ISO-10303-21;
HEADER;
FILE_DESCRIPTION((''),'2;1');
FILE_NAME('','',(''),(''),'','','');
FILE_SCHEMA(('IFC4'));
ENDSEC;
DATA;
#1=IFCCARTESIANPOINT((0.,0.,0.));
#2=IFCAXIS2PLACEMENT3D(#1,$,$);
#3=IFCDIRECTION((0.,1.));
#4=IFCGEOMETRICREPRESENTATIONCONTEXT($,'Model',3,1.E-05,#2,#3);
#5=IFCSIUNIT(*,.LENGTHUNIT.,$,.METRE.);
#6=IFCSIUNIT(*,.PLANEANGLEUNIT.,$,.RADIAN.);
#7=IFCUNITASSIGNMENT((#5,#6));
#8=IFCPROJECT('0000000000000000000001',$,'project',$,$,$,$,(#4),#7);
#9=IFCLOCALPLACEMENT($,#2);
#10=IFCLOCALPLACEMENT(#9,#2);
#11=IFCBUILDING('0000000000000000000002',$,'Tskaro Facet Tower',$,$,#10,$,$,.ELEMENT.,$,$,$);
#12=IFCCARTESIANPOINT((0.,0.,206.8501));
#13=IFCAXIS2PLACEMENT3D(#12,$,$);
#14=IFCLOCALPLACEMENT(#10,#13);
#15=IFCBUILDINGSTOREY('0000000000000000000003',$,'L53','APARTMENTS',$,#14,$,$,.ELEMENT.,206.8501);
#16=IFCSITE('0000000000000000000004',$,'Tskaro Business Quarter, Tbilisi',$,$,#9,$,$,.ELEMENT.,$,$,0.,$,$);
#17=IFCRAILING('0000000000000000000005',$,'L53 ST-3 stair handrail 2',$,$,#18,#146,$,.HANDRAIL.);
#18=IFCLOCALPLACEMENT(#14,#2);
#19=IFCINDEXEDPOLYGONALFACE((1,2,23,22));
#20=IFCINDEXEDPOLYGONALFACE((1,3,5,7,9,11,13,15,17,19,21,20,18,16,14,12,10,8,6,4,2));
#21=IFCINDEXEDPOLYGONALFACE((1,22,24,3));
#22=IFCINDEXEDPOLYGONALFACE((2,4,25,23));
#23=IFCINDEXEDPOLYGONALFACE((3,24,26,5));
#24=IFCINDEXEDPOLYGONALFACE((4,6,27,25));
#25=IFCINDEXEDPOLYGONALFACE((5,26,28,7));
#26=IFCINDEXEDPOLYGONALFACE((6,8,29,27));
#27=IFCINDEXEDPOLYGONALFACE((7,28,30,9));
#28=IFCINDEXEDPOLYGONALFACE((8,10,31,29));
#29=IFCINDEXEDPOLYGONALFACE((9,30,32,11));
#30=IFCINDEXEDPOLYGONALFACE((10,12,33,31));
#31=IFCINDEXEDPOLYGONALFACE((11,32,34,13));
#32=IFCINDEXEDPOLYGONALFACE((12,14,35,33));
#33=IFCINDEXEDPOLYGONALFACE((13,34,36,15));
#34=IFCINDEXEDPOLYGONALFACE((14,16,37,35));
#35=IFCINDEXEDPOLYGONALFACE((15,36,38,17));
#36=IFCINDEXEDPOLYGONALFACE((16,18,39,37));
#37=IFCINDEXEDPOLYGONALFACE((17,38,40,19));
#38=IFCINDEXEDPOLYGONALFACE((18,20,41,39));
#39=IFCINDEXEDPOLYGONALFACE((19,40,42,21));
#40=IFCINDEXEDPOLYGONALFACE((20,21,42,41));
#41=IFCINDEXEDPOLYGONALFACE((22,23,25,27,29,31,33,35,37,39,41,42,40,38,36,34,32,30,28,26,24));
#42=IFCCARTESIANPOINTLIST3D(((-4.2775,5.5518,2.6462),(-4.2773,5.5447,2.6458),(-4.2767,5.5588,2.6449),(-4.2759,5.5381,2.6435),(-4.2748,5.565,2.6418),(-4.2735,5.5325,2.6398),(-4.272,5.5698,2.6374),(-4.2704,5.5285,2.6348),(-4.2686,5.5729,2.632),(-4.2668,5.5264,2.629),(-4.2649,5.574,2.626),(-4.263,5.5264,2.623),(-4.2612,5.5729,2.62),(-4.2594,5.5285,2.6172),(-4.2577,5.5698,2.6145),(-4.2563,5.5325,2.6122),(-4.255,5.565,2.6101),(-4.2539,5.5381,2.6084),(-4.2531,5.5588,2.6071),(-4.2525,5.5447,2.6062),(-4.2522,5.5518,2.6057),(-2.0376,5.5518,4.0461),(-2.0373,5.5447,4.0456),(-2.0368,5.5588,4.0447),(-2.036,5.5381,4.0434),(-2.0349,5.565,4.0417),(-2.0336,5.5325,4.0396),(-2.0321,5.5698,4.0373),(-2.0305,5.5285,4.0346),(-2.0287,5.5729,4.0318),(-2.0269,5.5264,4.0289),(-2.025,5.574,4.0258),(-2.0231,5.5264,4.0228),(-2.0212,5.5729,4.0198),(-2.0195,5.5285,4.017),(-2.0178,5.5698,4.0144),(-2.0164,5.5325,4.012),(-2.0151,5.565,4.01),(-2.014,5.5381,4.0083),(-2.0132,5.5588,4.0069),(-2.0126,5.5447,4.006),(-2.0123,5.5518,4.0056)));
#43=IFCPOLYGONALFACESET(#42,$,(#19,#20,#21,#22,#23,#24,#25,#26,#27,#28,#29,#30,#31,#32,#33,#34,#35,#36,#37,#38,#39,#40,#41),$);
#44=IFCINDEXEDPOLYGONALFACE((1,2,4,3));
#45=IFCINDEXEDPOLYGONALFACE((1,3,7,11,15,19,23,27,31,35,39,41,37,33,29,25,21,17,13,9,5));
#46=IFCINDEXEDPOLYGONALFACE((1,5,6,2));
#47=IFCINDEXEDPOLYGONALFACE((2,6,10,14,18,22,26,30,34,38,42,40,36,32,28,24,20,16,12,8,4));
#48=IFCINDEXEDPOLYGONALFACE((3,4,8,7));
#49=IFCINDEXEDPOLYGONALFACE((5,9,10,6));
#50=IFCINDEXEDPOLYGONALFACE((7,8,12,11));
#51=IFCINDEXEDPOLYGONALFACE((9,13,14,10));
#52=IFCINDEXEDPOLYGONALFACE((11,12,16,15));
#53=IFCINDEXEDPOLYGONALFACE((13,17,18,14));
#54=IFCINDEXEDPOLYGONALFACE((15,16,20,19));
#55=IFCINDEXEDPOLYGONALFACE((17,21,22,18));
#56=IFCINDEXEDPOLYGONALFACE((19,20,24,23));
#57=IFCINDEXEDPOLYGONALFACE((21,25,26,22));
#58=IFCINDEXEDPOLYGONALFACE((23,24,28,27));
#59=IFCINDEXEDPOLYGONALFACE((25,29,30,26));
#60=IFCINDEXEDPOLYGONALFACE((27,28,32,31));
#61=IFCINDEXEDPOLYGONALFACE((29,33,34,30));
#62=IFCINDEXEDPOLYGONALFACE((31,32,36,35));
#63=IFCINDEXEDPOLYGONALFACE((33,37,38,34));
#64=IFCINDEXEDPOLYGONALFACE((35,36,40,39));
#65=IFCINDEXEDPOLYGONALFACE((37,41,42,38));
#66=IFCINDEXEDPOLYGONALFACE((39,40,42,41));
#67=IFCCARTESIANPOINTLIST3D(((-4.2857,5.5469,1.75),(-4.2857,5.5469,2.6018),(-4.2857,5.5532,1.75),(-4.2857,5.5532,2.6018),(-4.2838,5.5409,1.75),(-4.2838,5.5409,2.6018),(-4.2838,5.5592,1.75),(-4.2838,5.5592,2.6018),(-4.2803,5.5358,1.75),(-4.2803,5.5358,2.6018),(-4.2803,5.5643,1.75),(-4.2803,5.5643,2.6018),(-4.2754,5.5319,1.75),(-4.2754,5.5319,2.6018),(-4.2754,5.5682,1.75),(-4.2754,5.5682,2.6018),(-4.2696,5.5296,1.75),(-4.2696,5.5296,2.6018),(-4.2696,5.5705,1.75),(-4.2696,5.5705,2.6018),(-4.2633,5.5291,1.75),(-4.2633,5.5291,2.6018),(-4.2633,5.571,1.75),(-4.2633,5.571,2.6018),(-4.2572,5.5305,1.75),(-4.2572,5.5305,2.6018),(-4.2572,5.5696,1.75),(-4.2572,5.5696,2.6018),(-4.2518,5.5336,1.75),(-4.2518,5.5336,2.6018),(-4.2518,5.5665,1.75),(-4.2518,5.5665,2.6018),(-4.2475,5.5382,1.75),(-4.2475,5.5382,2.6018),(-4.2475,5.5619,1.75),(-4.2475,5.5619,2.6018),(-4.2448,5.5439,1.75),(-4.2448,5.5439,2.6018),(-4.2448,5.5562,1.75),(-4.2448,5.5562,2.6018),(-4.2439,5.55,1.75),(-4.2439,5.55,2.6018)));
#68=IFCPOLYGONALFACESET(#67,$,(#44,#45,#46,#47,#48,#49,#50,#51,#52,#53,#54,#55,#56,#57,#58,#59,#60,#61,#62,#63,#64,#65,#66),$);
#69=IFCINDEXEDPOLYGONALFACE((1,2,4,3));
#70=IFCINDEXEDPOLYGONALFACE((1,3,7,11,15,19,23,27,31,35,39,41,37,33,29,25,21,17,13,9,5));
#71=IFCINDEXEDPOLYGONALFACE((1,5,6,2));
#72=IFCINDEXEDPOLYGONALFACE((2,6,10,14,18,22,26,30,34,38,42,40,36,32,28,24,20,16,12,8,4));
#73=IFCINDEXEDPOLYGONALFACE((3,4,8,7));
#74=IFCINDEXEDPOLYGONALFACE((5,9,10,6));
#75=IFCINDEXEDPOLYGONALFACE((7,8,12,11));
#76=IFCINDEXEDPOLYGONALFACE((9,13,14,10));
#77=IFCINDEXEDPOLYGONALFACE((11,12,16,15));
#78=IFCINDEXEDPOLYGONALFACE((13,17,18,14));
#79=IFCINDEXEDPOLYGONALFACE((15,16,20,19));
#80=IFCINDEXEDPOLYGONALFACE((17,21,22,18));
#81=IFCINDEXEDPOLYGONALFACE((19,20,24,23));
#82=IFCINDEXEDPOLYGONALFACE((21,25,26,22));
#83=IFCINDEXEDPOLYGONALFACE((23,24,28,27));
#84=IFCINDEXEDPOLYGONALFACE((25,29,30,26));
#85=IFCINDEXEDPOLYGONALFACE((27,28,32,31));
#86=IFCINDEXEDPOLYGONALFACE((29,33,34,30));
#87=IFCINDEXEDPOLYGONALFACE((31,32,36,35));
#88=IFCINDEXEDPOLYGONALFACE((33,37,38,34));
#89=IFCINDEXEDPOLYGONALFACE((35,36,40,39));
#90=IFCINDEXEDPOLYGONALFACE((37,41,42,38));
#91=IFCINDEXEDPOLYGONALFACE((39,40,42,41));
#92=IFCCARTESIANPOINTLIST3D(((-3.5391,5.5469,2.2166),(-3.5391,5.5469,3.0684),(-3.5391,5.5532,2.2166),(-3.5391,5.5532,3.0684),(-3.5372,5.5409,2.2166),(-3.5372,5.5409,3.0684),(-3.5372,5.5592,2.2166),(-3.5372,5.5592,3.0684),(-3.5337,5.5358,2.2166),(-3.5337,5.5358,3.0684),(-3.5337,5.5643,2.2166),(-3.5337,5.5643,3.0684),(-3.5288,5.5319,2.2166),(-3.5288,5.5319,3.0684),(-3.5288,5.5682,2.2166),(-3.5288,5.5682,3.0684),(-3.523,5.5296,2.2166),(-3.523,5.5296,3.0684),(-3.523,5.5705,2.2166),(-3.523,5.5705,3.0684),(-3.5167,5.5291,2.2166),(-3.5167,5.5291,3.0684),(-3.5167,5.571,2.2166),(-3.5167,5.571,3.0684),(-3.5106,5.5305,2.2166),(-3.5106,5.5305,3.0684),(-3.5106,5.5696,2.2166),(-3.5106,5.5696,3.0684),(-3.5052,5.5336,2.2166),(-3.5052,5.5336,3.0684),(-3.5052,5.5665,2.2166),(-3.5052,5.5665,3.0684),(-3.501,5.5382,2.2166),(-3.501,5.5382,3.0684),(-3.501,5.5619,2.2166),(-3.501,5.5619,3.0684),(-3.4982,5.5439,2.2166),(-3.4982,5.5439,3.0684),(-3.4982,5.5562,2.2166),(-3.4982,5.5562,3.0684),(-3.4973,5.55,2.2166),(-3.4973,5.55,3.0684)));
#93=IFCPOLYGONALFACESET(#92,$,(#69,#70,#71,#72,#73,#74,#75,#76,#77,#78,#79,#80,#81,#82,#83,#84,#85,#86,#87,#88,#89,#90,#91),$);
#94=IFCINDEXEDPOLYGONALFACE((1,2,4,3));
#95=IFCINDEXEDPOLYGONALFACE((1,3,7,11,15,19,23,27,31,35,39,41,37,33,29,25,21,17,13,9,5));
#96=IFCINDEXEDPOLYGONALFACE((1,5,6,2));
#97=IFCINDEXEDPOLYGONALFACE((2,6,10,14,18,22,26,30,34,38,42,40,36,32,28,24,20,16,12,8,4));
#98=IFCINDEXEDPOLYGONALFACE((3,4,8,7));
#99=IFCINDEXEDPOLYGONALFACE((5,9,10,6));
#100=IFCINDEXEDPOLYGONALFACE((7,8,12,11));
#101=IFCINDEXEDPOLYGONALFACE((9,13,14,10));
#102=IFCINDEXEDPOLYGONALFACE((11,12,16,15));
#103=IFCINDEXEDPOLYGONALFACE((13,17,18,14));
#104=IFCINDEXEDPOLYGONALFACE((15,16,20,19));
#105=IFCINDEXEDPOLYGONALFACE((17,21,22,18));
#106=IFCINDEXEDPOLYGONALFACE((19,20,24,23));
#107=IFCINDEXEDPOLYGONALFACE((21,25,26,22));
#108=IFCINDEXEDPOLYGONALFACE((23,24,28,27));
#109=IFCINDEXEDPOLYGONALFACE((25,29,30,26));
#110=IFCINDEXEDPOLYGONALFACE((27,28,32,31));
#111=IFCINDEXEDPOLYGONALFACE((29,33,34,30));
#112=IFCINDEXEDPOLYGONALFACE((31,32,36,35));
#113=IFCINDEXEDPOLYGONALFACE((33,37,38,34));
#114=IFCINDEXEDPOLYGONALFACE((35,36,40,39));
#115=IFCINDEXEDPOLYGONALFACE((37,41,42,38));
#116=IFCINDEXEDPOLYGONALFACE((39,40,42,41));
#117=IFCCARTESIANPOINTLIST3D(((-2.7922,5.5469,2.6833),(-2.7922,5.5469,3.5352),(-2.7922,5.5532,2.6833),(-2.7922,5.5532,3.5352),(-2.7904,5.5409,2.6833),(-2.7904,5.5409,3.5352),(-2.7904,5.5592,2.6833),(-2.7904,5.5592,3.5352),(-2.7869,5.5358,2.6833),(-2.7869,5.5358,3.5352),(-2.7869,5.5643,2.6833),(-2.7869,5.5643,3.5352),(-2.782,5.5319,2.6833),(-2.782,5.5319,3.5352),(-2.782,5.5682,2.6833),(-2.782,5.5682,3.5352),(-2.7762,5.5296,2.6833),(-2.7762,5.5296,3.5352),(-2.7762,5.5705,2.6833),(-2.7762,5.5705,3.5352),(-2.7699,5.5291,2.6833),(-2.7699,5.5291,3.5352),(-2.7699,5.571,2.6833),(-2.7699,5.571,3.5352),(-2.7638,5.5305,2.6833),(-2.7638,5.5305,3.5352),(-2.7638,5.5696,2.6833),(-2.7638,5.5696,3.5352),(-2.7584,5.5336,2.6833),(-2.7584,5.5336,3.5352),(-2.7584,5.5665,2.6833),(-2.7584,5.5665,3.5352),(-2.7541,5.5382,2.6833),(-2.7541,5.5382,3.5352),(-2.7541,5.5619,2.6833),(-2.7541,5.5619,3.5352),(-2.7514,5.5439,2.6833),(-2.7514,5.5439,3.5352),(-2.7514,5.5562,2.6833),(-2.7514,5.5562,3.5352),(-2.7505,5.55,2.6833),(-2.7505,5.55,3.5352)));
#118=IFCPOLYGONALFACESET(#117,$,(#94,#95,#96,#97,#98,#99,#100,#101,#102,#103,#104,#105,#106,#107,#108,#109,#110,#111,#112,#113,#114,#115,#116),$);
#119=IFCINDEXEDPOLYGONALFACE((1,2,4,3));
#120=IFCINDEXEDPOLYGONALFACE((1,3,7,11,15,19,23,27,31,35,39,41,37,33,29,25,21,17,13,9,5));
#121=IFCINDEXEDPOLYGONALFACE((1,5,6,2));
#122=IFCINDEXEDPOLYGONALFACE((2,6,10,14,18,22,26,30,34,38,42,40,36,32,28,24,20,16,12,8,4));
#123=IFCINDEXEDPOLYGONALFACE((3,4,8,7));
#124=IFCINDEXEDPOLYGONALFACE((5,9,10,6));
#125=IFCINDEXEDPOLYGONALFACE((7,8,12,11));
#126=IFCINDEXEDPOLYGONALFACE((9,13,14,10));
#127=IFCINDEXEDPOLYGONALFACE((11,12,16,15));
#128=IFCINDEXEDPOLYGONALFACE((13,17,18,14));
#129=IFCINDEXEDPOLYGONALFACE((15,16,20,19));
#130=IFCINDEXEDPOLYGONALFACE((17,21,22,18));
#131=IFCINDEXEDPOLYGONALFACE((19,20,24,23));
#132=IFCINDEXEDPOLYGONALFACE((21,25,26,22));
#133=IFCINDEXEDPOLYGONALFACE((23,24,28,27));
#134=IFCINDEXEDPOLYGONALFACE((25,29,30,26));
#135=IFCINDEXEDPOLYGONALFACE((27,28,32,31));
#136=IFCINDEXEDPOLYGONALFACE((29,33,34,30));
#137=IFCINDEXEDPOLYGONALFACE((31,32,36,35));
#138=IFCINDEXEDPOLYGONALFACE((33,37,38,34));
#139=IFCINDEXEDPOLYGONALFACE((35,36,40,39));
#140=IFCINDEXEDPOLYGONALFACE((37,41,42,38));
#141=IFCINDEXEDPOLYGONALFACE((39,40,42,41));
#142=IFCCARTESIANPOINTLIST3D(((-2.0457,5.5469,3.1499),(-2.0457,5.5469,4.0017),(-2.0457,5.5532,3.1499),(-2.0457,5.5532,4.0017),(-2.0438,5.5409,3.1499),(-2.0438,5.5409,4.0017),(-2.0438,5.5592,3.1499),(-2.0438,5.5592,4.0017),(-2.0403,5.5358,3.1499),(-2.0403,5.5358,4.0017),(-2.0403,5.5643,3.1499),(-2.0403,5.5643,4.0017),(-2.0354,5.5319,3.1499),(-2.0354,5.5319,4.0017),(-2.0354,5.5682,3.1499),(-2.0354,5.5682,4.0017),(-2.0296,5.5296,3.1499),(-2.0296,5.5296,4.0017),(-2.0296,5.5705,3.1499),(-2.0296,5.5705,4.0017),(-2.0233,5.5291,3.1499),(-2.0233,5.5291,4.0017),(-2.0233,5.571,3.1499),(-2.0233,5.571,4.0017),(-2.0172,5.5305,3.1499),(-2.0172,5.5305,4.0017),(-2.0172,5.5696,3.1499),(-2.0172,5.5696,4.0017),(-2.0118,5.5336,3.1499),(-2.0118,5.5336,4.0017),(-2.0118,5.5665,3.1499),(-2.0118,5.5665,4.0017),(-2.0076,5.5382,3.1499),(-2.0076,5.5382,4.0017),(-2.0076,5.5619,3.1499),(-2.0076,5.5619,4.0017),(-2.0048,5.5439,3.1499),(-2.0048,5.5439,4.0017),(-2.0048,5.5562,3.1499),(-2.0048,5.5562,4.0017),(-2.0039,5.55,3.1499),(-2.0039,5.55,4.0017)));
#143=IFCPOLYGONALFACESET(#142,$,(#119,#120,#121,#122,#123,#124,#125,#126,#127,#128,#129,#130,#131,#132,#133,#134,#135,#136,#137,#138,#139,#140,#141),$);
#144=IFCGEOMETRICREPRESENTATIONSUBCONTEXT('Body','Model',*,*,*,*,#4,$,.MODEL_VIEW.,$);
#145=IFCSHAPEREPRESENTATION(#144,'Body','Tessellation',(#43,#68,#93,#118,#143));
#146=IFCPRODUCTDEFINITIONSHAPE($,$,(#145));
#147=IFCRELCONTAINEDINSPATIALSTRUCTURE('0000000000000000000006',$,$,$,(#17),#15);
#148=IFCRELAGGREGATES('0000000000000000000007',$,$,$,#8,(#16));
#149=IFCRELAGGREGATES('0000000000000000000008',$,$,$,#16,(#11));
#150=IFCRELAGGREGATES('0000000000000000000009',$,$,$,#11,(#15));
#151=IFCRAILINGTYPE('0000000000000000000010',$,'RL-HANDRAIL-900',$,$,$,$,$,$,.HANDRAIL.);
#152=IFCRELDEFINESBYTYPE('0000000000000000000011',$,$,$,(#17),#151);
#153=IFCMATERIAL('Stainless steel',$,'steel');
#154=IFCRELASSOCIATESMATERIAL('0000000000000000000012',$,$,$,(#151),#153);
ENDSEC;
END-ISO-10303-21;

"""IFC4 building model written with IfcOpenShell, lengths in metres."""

from ifc_helpers import new_model, si_unit, direction, frame, origin, origin_2d, place, context, subcontext, project, spatial, circle, extrude, material, type_object, element, save


model = new_model("IFC4")

# Units and contexts
model_context = context("Model", 3, precision=1e-05, world=origin(), true_north=direction((0.0, 1.0)))
body_context = subcontext(model_context, "Body", "Model", "MODEL_VIEW")
ifc_project = project(units=[si_unit("LENGTHUNIT", "METRE"), si_unit("PLANEANGLEUNIT", "RADIAN")], contexts=[model_context])

# Site, building, storey
site_placement = place(None, origin())
site = spatial("IfcSite", under=ifc_project, at=site_placement, Name="Tskaro Business Quarter, Tbilisi", CompositionType="ELEMENT", RefElevation=0.0)
building_placement = place(site_placement, origin())
building = spatial("IfcBuilding", under=site, at=building_placement, Name="Tskaro Facet Tower", CompositionType="ELEMENT")
storey_placement = place(building_placement, frame((0.0, 0.0, 206.8501)))
storey = spatial("IfcBuildingStorey", under=building, at=storey_placement, Name="L53", Description="APARTMENTS", CompositionType="ELEMENT", Elevation=206.8501)

# Railing
ifc_material_1 = material(Name="Stainless steel", Category="steel")
railing_type_1 = type_object("IfcRailingType", Name="RL-HANDRAIL-900", PredefinedType="HANDRAIL", material=ifc_material_1)
railing_1_placement = place(storey_placement, frame((-4.2649, 5.55, 1.75)))
element("IfcRailing", 1, at=railing_1_placement, inside=storey, type_object=railing_type_1, Name="L53 ST-3 stair handrail 2", PredefinedType="HANDRAIL", context=body_context, shape_type="SweptSolid", body=[
    extrude(circle(Radius=0.0239, at=origin_2d()), frame((0.0, 0.0, 0.876), z_axis=(0.848014, 0.0, 0.529974), x_axis=(0.0, 1.0, 0.0)), (0.0, 0.0, 1.0), 2.6414),
    extrude(circle(Radius=0.021, at=origin_2d()), origin(), (0.0, 0.0, 1.0), 0.8518),
    extrude(circle(Radius=0.021, at=origin_2d()), frame((0.7466, 0.0, 0.4666)), (0.0, 0.0, 1.0), 0.8518),
    extrude(circle(Radius=0.021, at=origin_2d()), frame((1.4934, 0.0, 0.9333)), (0.0, 0.0, 1.0), 0.8518),
    extrude(circle(Radius=0.021, at=origin_2d()), frame((2.24, 0.0, 1.3999)), (0.0, 0.0, 1.0), 0.8518),
])

save(model, "model.ifc")
